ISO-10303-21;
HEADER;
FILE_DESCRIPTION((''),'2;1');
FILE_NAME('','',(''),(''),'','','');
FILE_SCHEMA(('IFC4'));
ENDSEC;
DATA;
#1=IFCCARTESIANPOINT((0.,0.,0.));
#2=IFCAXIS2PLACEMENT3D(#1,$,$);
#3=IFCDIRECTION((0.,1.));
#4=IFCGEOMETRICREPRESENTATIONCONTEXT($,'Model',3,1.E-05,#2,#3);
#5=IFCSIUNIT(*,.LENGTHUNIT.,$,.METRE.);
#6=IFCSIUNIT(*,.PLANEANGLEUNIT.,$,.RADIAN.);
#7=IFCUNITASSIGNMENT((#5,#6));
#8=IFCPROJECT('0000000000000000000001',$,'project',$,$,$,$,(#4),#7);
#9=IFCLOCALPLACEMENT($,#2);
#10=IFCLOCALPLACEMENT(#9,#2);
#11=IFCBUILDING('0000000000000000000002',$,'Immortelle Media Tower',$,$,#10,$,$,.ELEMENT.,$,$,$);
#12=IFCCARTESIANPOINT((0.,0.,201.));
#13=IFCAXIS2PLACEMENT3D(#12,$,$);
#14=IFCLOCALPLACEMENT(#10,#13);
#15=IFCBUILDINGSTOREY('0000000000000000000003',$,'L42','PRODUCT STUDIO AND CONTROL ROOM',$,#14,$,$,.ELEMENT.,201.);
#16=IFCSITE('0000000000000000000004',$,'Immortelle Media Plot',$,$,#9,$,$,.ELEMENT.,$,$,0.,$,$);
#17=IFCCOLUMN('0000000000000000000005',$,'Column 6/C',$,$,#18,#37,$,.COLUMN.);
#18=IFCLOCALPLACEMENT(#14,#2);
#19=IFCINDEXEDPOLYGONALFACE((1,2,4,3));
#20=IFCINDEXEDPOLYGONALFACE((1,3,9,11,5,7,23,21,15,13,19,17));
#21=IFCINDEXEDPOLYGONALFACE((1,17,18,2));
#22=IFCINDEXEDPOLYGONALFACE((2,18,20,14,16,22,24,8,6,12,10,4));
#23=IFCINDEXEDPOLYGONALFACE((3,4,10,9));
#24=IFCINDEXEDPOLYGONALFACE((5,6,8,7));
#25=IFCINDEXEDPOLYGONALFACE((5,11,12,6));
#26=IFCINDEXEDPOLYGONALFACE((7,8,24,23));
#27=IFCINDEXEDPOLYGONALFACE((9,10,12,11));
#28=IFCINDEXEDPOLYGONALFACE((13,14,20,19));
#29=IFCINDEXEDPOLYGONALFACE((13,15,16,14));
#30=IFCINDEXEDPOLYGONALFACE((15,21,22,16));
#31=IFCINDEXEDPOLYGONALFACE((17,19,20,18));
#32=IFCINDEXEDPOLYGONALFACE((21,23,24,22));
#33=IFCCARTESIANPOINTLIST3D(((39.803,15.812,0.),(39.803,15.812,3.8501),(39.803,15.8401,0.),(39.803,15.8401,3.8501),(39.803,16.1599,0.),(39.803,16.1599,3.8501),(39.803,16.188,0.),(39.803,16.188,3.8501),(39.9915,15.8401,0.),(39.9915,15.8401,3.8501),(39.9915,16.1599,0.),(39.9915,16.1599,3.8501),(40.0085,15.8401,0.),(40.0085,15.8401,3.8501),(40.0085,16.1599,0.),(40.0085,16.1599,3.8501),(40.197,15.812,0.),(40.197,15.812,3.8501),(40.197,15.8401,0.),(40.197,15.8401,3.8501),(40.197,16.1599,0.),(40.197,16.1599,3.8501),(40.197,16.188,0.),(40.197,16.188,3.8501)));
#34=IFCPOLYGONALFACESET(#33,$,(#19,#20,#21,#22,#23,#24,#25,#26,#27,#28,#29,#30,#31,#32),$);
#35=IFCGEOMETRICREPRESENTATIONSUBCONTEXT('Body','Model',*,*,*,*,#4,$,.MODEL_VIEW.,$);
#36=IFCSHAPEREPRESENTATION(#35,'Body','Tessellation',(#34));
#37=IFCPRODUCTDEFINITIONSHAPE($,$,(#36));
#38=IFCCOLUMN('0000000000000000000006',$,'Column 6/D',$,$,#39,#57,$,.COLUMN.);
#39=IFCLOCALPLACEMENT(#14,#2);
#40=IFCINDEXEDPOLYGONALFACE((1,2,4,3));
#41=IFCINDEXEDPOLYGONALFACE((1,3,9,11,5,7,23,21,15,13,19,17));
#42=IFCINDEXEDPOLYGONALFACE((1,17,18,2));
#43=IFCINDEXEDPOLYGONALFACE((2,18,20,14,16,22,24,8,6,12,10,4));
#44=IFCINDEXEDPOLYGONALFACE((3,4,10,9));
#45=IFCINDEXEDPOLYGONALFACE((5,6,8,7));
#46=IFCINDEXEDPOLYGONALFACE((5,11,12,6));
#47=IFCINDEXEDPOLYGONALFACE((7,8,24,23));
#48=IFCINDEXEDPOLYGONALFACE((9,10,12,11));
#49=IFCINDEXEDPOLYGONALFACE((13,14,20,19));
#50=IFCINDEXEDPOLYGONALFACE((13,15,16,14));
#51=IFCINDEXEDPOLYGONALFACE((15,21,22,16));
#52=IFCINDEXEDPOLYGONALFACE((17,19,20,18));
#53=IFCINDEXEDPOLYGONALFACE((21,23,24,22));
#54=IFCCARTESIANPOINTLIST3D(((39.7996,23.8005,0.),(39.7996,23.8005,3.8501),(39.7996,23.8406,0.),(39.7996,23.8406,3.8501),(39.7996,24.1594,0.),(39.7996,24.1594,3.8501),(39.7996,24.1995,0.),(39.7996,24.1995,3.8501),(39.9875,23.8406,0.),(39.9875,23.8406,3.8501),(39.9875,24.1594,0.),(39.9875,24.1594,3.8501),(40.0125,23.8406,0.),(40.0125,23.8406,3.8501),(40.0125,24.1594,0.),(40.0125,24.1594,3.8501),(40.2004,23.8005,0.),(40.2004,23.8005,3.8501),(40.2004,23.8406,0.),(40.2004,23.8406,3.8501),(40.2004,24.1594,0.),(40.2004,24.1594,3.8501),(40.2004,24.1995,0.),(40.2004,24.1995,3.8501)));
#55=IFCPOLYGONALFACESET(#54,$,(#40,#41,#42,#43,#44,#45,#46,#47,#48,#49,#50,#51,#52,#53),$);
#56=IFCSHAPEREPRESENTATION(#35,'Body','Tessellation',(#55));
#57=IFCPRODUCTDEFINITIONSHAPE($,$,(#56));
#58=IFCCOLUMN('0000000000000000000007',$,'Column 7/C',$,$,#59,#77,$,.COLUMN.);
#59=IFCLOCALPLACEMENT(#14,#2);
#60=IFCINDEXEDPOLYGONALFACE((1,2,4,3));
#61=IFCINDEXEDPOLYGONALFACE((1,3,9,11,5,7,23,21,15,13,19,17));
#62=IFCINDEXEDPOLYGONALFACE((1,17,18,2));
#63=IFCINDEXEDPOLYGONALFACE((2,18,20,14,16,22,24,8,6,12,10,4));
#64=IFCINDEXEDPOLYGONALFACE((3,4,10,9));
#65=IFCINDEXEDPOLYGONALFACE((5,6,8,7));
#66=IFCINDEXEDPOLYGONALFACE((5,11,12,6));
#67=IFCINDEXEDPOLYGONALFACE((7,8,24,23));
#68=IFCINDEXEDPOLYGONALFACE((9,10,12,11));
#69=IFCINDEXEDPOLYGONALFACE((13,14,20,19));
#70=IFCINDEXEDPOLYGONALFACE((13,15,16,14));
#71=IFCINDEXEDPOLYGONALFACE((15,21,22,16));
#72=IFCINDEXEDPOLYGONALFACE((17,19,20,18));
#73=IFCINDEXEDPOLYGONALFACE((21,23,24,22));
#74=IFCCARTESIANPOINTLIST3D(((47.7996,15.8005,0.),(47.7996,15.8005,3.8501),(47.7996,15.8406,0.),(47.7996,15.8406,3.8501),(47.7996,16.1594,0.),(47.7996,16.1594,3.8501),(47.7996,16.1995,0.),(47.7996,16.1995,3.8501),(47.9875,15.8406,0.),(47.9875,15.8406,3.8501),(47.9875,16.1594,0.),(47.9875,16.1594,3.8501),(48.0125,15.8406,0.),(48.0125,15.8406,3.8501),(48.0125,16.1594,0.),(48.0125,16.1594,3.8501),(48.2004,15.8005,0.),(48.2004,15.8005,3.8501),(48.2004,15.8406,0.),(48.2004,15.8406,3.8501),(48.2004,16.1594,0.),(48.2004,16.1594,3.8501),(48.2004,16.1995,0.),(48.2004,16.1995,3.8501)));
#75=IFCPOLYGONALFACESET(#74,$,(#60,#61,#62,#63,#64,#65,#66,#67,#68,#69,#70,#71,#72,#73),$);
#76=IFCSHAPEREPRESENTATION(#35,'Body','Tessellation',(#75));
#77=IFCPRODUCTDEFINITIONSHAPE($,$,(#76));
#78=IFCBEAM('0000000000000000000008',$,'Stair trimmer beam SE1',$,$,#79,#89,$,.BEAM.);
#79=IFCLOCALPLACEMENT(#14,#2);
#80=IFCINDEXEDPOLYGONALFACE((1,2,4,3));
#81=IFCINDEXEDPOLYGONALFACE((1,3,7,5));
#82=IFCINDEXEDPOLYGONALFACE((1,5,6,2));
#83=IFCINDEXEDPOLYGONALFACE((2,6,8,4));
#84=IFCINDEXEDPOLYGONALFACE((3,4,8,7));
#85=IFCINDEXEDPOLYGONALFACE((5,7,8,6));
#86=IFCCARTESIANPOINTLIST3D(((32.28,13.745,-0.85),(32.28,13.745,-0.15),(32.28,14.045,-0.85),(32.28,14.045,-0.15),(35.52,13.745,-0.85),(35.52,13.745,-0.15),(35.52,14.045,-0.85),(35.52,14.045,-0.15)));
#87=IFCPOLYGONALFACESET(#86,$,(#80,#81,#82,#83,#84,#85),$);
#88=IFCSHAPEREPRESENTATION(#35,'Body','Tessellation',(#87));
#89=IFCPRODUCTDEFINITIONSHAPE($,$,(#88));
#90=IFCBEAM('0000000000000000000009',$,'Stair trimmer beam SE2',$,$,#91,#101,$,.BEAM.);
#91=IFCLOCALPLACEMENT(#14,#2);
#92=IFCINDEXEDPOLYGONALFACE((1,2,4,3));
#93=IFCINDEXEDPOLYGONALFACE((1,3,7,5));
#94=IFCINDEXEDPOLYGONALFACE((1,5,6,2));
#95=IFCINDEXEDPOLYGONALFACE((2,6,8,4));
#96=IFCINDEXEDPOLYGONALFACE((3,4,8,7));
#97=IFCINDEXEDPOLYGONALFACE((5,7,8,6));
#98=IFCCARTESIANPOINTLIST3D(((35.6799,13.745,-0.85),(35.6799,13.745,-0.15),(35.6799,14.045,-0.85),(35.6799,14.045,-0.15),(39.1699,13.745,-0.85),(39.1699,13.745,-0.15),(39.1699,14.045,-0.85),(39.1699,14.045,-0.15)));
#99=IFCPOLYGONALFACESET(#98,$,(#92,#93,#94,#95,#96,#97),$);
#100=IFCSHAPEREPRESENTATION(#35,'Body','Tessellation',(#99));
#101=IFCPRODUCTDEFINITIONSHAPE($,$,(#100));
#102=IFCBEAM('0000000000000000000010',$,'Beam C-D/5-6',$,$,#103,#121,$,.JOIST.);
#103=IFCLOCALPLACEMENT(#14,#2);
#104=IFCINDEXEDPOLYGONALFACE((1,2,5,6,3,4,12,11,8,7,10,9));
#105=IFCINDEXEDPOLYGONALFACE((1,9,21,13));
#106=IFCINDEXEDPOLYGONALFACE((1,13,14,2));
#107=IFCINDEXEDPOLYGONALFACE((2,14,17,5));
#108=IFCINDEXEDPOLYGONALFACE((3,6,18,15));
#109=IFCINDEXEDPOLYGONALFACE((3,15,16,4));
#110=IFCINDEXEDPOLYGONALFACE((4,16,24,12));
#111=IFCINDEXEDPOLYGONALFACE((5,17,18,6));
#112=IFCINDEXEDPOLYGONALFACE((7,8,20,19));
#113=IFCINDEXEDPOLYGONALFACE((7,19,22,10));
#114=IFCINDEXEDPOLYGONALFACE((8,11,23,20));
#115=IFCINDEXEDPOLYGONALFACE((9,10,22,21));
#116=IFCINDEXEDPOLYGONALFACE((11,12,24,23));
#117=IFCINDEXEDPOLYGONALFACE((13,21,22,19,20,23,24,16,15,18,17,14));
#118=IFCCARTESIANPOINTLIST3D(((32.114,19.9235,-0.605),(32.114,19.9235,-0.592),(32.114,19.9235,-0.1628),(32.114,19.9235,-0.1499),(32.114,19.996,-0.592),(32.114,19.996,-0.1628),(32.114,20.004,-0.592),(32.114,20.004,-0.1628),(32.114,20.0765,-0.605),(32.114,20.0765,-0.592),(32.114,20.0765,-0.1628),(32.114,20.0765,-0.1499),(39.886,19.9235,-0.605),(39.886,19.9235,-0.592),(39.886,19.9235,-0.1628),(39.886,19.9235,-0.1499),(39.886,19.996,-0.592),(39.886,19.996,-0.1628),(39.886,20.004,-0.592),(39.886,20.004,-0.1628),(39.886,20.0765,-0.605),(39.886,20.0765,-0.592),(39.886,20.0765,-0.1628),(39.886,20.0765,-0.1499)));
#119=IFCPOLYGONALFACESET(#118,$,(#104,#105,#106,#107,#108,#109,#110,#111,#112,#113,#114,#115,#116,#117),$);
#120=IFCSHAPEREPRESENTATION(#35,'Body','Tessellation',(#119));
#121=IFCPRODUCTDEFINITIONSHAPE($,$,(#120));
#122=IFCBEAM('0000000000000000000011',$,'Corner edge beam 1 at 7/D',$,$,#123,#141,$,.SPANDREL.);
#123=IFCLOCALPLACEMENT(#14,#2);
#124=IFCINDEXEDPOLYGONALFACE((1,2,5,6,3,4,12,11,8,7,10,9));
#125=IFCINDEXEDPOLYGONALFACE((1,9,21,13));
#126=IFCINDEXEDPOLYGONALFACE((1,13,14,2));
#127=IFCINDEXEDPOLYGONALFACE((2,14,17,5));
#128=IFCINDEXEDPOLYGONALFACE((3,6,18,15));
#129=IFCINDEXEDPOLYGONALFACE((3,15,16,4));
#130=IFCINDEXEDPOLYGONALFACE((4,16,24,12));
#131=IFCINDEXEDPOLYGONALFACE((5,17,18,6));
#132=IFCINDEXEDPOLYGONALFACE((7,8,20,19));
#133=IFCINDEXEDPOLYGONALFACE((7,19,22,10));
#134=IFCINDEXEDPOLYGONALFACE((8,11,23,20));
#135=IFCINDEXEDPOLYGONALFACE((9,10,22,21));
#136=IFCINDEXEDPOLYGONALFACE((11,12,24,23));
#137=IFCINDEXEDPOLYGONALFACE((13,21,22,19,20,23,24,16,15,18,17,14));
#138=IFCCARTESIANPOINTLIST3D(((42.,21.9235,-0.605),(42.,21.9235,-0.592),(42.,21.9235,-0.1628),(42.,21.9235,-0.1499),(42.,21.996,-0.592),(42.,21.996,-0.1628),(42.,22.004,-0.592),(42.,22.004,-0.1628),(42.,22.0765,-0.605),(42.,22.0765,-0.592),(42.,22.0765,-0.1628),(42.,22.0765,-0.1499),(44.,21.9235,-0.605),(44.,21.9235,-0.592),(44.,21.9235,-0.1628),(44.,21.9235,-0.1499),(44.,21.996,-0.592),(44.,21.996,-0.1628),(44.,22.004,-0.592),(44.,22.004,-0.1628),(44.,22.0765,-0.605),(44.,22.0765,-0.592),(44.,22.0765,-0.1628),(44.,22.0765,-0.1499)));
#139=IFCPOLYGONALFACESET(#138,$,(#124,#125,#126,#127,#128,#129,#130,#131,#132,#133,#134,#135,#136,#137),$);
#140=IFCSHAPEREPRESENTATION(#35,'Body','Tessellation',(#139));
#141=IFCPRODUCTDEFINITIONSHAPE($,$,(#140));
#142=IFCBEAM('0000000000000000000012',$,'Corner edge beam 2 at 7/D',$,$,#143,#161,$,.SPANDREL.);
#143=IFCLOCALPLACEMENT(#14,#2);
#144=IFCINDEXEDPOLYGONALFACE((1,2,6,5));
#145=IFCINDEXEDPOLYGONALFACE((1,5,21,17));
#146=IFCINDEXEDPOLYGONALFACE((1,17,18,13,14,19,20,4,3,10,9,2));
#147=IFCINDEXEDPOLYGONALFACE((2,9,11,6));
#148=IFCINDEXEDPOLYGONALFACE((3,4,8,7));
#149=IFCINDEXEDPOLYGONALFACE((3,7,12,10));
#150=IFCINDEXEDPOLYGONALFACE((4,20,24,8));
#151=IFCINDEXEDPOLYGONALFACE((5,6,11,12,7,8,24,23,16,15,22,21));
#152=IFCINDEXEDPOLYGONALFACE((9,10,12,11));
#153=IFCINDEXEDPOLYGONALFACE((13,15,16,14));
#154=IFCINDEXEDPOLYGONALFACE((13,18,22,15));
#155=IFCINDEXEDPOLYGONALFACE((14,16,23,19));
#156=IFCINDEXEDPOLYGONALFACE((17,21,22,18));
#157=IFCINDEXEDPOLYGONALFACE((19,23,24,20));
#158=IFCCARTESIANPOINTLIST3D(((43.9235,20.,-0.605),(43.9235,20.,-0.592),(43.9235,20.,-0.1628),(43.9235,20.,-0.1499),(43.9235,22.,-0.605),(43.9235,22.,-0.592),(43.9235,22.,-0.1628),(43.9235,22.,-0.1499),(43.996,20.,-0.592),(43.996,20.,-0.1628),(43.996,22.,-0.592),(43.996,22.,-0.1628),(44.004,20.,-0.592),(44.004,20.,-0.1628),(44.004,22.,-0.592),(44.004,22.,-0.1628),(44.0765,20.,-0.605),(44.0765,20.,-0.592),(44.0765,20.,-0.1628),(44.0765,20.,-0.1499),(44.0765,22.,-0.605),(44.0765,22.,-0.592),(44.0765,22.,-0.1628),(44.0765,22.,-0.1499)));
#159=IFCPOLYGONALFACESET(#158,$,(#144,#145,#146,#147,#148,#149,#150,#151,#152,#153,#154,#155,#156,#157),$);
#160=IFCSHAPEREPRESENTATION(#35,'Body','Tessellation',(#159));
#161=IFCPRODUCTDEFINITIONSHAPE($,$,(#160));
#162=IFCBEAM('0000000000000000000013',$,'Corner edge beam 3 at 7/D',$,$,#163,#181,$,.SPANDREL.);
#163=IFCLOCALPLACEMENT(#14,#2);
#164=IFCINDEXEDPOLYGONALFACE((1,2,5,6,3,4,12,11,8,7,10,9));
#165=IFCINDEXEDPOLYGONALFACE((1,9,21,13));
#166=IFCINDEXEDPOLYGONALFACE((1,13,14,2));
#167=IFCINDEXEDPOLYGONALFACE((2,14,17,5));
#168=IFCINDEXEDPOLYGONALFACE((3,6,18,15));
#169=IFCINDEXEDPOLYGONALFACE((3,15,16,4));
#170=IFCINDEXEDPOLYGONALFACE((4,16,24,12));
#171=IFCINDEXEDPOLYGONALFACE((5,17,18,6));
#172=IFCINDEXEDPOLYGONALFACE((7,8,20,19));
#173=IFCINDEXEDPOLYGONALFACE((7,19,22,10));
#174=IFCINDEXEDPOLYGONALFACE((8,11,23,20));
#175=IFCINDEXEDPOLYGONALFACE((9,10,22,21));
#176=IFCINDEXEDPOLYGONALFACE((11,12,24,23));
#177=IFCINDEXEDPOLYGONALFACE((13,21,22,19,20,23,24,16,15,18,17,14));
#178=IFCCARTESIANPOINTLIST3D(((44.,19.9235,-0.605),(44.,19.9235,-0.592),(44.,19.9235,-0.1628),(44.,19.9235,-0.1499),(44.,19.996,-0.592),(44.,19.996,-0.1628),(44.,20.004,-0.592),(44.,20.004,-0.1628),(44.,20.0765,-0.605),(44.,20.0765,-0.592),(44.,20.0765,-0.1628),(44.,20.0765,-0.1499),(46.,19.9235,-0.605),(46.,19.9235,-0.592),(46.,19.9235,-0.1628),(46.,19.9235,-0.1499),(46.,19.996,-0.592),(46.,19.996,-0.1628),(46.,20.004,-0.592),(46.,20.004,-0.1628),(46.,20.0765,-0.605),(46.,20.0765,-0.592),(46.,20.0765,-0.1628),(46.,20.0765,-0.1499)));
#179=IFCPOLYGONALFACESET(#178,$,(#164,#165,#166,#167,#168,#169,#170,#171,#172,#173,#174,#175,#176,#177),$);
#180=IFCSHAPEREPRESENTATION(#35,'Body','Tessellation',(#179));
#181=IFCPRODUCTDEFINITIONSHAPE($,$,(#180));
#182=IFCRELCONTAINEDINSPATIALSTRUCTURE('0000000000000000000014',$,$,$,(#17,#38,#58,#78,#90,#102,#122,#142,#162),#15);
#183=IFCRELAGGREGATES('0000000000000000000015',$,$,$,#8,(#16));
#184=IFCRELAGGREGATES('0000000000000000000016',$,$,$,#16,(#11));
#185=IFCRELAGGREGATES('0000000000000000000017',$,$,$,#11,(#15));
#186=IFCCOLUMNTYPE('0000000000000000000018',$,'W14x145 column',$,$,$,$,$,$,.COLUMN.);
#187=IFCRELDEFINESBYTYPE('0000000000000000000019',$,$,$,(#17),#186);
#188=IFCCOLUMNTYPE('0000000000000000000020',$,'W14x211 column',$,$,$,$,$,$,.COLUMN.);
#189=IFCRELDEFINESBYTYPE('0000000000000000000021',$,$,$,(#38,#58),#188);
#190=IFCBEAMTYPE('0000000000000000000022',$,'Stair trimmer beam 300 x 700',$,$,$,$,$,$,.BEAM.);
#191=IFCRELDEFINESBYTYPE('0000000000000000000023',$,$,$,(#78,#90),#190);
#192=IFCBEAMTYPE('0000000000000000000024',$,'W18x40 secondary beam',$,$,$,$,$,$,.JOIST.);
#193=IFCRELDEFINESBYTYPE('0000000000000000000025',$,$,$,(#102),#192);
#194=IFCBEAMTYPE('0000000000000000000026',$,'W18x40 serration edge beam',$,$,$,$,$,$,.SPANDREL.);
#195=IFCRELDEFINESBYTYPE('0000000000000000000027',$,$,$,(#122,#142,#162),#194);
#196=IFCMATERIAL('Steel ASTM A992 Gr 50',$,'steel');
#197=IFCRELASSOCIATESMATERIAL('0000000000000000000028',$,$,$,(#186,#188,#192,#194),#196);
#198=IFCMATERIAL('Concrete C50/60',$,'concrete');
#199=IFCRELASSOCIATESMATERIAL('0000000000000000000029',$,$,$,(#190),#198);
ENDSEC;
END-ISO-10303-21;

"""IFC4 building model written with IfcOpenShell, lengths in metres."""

from ifc_helpers import new_model, si_unit, direction, frame, origin, origin_2d, place, context, subcontext, project, spatial, rectangle, i_section, extrude, material, material_profile, profile_set, type_object, element, save


model = new_model("IFC4")

# Units and contexts
model_context = context("Model", 3, precision=1e-05, world=origin(), true_north=direction((0.0, 1.0)))
body_context = subcontext(model_context, "Body", "Model", "MODEL_VIEW")
ifc_project = project(units=[si_unit("LENGTHUNIT", "METRE"), si_unit("PLANEANGLEUNIT", "RADIAN")], contexts=[model_context])

# Site, building, storey
site_placement = place(None, origin())
site = spatial("IfcSite", under=ifc_project, at=site_placement, Name="Immortelle Media Plot", CompositionType="ELEMENT", RefElevation=0.0)
building_placement = place(site_placement, origin())
building = spatial("IfcBuilding", under=site, at=building_placement, Name="Immortelle Media Tower", CompositionType="ELEMENT")
storey_placement = place(building_placement, frame((0.0, 0.0, 201.0)))
storey = spatial("IfcBuildingStorey", under=building, at=storey_placement, Name="L42", Description="PRODUCT STUDIO AND CONTROL ROOM", CompositionType="ELEMENT", Elevation=201.0)

# Columns
ifc_material_1 = material(Name="Steel ASTM A992 Gr 50", Category="steel")
ifc_material_profile_1 = material_profile(ifc_material_1, i_section(OverallWidth=0.394, OverallDepth=0.376, WebThickness=0.0171, FlangeThickness=0.0281, at=origin_2d()), Name="W14x145")
ifc_profile_set_1 = profile_set([ifc_material_profile_1], Name="Steel ASTM A992 Gr 50")
column_type_1 = type_object("IfcColumnType", Name="W14x145 column", PredefinedType="COLUMN", material=ifc_profile_set_1)
column_placement = place(storey_placement, frame((40.0, 16.0, 0.0), z_axis=(0.0, 0.0, 1.0), x_axis=(1.0, 0.0, 0.0)))
element("IfcColumn", 1, at=column_placement, inside=storey, type_object=column_type_1, Name="Column 6/C", PredefinedType="COLUMN", context=body_context, shape_type="SweptSolid", body=[
    extrude(i_section(OverallWidth=0.394, OverallDepth=0.376, WebThickness=0.0171, FlangeThickness=0.0281, at=origin_2d()), origin(), (0.0, 0.0, 1.0), 3.8501),
])
ifc_material_profile_2 = material_profile(ifc_material_1, i_section(OverallWidth=0.4009, OverallDepth=0.3989, WebThickness=0.0249, FlangeThickness=0.04, at=origin_2d()), Name="W14x211")
ifc_profile_set_2 = profile_set([ifc_material_profile_2], Name="Steel ASTM A992 Gr 50")
column_type_2 = type_object("IfcColumnType", Name="W14x211 column", PredefinedType="COLUMN", material=ifc_profile_set_2)
for number, where, z_axis, x_axis, name in (
    (2, (40.0, 24.0, 0.0), (0.0, 0.0, 1.0), (1.0, 0.0, 0.0), "Column 6/D"),
    (3, (48.0, 16.0, 0.0), (0.0, 0.0, 1.0), (1.0, 0.0, 0.0), "Column 7/C"),
):
    element("IfcColumn", number, at=place(storey_placement, frame(where, z_axis=z_axis, x_axis=x_axis)), inside=storey, type_object=column_type_2, Name=name, PredefinedType="COLUMN", context=body_context, shape_type="SweptSolid", body=[
        extrude(i_section(OverallWidth=0.4009, OverallDepth=0.3989, WebThickness=0.0249, FlangeThickness=0.04, at=origin_2d()), origin(), (0.0, 0.0, 1.0), 3.8501),
    ])

# Beams
ifc_material_2 = material(Name="Concrete C50/60", Category="concrete")
ifc_material_profile_3 = material_profile(ifc_material_2, rectangle(XDim=0.3, YDim=0.7, at=origin_2d()), Name="RC 300x700")
ifc_profile_set_3 = profile_set([ifc_material_profile_3], Name="Concrete C50/60")
beam_type_1 = type_object("IfcBeamType", Name="Stair trimmer beam 300 x 700", PredefinedType="BEAM", material=ifc_profile_set_3)
beam_1_placement = place(storey_placement, frame((32.28, 13.895, -0.5), z_axis=(1.0, 0.0, 0.0), x_axis=(0.0, 1.0, 0.0)))
element("IfcBeam", 4, at=beam_1_placement, inside=storey, type_object=beam_type_1, Name="Stair trimmer beam SE1", PredefinedType="BEAM", context=body_context, shape_type="SweptSolid", body=[
    extrude(rectangle(XDim=0.3, YDim=0.7, at=origin_2d()), origin(), (0.0, 0.0, 1.0), 3.24),
])
beam_2_placement = place(storey_placement, frame((35.6799, 13.895, -0.5), z_axis=(1.0, 0.0, 0.0), x_axis=(0.0, 1.0, 0.0)))
element("IfcBeam", 5, at=beam_2_placement, inside=storey, type_object=beam_type_1, Name="Stair trimmer beam SE2", PredefinedType="BEAM", context=body_context, shape_type="SweptSolid", body=[
    extrude(rectangle(XDim=0.3, YDim=0.7, at=origin_2d()), origin(), (0.0, 0.0, 1.0), 3.49),
])
ifc_material_profile_4 = material_profile(ifc_material_1, i_section(OverallWidth=0.1531, OverallDepth=0.4551, WebThickness=0.0081, FlangeThickness=0.0129, at=origin_2d()), Name="W18x40")
ifc_profile_set_4 = profile_set([ifc_material_profile_4], Name="Steel ASTM A992 Gr 50")
beam_type_2 = type_object("IfcBeamType", Name="W18x40 secondary beam", PredefinedType="JOIST", material=ifc_profile_set_4)
beam_3_placement = place(storey_placement, frame((32.114, 20.0, -0.3774), z_axis=(1.0, 0.0, 0.0), x_axis=(0.0, 1.0, 0.0)))
element("IfcBeam", 6, at=beam_3_placement, inside=storey, type_object=beam_type_2, Name="Beam C-D/5-6", PredefinedType="JOIST", context=body_context, shape_type="SweptSolid", body=[
    extrude(i_section(OverallWidth=0.1531, OverallDepth=0.4551, WebThickness=0.0081, FlangeThickness=0.0129, at=origin_2d()), origin(), (0.0, 0.0, 1.0), 7.772),
])
ifc_material_profile_5 = material_profile(ifc_material_1, i_section(OverallWidth=0.1531, OverallDepth=0.4551, WebThickness=0.0081, FlangeThickness=0.0129, at=origin_2d()), Name="W18x40")
ifc_profile_set_5 = profile_set([ifc_material_profile_5], Name="Steel ASTM A992 Gr 50")
beam_type_3 = type_object("IfcBeamType", Name="W18x40 serration edge beam", PredefinedType="SPANDREL", material=ifc_profile_set_5)
for number, where, z_axis, x_axis, name in (
    (7, (42.0, 22.0, -0.3774), (1.0, 0.0, 0.0), (0.0, 1.0, 0.0), "Corner edge beam 1 at 7/D"),
    (8, (44.0, 22.0, -0.3774), (0.0, -1.0, 0.0), (1.0, 0.0, 0.0), "Corner edge beam 2 at 7/D"),
    (9, (44.0, 20.0, -0.3774), (1.0, 0.0, 0.0), (0.0, 1.0, 0.0), "Corner edge beam 3 at 7/D"),
):
    element("IfcBeam", number, at=place(storey_placement, frame(where, z_axis=z_axis, x_axis=x_axis)), inside=storey, type_object=beam_type_3, Name=name, PredefinedType="SPANDREL", context=body_context, shape_type="SweptSolid", body=[
        extrude(i_section(OverallWidth=0.1531, OverallDepth=0.4551, WebThickness=0.0081, FlangeThickness=0.0129, at=origin_2d()), origin(), (0.0, 0.0, 1.0), 2.0),
    ])

save(model, "model.ifc")
